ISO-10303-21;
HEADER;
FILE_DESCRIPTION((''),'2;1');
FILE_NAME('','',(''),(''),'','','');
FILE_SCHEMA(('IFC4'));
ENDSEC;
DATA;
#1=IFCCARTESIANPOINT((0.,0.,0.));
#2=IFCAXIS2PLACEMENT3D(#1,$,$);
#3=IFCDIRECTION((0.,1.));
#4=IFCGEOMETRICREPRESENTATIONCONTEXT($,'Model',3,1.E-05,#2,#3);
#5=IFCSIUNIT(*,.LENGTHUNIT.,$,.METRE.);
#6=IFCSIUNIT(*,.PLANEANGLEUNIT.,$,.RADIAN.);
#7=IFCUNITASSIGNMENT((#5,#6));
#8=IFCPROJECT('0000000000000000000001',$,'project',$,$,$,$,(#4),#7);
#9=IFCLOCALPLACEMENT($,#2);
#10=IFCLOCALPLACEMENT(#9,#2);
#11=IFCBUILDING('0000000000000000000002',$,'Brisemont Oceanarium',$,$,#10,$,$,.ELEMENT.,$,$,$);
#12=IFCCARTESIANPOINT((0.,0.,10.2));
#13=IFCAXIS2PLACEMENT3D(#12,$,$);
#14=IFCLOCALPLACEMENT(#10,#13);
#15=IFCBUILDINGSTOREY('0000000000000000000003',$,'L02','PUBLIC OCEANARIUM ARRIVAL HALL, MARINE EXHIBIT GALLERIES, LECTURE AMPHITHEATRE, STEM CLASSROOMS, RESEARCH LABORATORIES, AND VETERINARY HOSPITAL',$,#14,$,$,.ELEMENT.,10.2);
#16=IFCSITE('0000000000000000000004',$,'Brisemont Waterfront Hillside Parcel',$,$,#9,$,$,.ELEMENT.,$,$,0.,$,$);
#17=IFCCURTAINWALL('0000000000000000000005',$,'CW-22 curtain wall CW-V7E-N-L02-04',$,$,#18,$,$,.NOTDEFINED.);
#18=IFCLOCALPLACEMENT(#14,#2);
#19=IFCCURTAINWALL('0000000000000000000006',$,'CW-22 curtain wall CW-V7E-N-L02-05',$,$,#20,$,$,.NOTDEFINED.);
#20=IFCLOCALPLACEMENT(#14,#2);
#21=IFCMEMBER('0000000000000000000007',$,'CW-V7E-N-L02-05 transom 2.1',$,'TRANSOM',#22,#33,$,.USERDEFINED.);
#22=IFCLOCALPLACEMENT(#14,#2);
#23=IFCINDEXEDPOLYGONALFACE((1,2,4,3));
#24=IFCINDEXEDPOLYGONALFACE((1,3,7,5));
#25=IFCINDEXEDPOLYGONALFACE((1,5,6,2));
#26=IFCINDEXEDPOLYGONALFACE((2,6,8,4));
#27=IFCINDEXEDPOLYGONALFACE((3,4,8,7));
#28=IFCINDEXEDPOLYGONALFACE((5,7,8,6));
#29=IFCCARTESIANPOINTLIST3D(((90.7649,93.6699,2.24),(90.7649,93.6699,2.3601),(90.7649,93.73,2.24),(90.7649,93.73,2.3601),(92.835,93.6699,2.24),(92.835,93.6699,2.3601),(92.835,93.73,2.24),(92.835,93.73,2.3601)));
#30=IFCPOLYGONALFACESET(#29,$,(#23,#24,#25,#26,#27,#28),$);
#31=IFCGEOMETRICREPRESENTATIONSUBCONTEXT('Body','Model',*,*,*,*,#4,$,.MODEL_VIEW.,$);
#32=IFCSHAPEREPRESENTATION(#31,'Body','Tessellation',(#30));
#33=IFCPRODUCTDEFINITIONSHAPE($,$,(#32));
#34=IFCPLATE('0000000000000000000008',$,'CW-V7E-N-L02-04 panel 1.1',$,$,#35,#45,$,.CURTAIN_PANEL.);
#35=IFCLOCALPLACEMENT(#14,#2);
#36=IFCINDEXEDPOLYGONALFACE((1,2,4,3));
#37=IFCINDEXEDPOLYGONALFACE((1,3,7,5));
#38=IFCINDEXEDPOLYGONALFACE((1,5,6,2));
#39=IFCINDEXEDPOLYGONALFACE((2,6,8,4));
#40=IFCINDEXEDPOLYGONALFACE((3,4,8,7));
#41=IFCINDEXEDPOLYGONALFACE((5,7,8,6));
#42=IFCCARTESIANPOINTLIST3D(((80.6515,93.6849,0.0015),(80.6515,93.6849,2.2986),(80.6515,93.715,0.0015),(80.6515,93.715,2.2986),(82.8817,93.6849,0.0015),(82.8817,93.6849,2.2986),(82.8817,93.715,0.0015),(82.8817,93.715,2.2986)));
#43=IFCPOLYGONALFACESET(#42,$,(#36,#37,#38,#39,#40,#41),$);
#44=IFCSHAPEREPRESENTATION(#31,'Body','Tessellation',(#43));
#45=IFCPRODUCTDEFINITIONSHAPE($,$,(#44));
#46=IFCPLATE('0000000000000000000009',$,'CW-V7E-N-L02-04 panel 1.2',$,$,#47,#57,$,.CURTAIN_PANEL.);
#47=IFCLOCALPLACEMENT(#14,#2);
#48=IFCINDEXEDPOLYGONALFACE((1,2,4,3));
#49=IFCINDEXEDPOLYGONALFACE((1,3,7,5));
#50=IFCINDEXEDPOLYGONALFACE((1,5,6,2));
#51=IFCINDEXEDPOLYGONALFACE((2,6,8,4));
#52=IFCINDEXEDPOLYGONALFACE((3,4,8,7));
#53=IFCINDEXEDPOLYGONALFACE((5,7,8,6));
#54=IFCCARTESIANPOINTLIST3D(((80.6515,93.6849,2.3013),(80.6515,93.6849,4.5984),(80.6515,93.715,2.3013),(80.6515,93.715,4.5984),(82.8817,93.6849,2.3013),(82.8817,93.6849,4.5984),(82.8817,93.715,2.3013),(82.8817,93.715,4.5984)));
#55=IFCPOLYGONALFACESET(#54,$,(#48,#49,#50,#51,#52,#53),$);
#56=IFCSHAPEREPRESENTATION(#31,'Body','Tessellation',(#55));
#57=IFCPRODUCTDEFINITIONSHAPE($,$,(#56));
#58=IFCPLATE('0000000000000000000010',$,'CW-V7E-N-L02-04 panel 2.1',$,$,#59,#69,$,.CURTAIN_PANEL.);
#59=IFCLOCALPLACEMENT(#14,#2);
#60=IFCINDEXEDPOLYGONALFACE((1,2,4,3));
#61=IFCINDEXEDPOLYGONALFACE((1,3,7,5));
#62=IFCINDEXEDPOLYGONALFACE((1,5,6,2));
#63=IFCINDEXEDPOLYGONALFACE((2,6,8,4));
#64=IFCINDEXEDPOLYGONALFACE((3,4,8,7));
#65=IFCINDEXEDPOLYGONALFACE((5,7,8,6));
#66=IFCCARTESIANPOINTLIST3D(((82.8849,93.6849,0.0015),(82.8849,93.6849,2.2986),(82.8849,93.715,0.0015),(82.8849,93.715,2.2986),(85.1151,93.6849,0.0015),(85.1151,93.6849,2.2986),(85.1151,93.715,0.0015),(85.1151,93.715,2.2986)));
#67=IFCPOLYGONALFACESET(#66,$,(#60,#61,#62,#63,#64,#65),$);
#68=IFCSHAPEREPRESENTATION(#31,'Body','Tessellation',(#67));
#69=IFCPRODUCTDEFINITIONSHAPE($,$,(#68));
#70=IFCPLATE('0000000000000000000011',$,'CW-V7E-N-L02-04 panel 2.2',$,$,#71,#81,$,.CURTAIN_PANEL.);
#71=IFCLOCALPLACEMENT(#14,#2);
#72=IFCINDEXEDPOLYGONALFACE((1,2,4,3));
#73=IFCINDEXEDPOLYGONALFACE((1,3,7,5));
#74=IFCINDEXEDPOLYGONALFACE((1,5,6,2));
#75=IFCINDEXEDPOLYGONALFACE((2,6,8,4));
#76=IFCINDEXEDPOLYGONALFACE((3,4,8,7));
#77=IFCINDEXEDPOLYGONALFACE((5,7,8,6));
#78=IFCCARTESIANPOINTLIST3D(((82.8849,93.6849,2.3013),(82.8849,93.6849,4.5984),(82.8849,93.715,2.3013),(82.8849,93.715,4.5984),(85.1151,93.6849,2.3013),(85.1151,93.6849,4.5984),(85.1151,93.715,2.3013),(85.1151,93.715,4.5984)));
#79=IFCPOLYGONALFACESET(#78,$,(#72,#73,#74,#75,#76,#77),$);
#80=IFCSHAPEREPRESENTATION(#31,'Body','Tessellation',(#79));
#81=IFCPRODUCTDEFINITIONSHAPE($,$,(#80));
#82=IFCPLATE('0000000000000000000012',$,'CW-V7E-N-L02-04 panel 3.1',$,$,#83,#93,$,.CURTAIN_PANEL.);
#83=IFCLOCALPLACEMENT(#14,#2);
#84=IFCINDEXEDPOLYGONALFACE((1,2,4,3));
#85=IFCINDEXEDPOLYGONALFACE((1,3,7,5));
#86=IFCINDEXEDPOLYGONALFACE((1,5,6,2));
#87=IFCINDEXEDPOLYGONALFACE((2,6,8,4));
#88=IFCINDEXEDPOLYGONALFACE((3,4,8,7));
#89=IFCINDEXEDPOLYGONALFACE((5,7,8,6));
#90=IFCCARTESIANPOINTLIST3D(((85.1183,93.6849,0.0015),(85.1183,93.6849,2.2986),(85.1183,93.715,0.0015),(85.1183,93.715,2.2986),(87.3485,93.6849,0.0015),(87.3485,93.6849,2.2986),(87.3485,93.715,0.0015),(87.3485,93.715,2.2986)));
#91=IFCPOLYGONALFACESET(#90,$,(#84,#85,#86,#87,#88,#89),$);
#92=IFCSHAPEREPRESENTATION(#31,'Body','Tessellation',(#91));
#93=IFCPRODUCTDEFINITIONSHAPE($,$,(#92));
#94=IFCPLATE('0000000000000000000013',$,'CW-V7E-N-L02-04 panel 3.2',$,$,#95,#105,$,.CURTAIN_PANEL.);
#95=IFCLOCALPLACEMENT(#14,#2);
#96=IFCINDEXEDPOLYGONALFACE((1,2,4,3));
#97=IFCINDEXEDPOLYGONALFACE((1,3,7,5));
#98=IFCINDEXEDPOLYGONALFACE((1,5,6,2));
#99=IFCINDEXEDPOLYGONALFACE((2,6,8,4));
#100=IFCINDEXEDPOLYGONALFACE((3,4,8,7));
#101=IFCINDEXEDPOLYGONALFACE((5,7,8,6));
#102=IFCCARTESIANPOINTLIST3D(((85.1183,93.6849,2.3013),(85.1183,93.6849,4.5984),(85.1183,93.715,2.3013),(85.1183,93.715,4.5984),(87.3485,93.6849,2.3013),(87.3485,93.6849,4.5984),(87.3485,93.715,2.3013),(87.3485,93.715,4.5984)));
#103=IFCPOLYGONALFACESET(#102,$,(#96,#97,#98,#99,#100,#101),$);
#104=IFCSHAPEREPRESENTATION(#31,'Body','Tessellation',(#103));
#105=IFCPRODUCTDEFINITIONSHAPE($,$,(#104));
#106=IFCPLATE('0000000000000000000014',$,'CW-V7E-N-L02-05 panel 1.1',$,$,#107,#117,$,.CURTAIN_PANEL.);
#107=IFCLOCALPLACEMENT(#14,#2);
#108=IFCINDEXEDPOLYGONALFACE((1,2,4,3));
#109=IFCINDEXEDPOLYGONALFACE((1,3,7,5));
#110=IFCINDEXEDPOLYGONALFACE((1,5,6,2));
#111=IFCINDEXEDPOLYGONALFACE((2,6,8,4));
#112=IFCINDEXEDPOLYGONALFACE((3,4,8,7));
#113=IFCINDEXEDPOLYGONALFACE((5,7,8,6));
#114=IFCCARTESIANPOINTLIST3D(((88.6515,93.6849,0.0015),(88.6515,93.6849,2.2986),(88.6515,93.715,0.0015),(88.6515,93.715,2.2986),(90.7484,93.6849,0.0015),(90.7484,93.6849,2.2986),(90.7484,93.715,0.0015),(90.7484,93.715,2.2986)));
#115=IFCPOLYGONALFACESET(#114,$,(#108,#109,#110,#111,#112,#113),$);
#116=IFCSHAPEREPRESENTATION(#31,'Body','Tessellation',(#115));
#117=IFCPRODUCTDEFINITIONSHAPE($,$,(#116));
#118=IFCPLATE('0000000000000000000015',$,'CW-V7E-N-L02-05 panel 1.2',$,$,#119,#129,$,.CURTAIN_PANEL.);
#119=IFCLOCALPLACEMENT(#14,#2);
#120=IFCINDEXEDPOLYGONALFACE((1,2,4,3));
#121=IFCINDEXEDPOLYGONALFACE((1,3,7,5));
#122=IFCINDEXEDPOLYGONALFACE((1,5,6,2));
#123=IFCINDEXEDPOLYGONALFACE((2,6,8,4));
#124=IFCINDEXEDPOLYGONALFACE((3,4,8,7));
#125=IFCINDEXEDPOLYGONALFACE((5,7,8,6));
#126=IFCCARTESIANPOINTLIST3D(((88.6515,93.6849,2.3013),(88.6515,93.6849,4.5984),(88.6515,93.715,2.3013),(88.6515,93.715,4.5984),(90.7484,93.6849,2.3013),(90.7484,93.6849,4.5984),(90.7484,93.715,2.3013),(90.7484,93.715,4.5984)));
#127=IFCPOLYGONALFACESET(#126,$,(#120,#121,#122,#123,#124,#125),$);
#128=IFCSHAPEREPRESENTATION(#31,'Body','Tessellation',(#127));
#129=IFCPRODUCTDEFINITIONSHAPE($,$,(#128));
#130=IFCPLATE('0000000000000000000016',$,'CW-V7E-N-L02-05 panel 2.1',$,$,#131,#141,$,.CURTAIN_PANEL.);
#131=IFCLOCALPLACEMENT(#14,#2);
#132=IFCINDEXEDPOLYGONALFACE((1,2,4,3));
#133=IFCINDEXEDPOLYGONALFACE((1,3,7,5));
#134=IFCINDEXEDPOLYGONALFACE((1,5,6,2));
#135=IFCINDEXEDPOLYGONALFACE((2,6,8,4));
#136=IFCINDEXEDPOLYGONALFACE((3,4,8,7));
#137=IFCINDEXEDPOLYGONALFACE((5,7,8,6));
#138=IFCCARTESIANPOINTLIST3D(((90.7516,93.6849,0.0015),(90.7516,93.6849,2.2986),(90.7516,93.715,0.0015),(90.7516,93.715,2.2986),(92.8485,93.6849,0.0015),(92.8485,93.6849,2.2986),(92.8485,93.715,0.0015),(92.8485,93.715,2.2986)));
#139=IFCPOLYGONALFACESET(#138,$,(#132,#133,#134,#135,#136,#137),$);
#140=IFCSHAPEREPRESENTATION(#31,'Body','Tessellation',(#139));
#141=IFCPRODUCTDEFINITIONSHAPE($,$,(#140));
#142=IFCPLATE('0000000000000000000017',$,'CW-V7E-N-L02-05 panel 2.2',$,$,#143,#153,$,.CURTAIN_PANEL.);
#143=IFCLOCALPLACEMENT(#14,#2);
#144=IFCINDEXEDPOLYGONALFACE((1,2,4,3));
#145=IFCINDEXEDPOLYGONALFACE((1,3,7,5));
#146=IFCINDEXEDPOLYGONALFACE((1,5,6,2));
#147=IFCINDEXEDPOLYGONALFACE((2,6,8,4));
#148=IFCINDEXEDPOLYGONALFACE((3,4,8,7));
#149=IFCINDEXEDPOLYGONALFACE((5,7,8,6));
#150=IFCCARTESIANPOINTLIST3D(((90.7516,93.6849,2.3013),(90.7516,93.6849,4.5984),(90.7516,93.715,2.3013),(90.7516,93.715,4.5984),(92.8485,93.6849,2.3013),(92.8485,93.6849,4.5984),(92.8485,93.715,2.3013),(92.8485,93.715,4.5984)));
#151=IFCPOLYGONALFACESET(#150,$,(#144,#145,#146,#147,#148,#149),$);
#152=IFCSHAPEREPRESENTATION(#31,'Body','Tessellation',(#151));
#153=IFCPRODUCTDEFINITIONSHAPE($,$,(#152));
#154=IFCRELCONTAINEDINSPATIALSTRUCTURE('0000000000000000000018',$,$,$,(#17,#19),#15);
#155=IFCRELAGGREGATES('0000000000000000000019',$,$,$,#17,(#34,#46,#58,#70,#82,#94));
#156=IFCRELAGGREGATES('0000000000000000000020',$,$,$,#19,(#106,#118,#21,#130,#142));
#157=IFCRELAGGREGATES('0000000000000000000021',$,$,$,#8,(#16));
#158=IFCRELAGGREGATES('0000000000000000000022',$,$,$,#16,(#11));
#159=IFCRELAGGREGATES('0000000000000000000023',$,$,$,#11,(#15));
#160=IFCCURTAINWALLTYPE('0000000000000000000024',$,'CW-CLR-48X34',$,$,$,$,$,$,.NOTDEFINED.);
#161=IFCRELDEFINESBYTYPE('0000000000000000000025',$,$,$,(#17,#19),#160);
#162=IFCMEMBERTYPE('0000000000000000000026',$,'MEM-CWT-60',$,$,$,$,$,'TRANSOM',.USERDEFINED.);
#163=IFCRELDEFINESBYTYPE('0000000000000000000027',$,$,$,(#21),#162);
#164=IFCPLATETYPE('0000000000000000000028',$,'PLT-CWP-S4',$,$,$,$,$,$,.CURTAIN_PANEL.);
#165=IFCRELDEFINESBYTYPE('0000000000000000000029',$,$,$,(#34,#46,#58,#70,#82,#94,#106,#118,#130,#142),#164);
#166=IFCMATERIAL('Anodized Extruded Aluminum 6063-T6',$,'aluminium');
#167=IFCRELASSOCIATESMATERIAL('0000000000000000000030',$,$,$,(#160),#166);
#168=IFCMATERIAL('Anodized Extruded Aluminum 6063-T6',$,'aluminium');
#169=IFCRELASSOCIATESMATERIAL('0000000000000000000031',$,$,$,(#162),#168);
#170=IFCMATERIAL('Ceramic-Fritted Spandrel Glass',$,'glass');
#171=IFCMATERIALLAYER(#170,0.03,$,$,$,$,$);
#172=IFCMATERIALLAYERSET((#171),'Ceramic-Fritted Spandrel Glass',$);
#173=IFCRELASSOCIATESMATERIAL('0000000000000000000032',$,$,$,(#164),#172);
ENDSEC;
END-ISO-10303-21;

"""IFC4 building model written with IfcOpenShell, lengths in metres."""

from ifc_helpers import new_model, si_unit, direction, frame, origin, origin_2d, place, context, subcontext, project, spatial, rectangle, extrude, material, layer, layer_set, material_profile, profile_set, type_object, element, aggregate, save


model = new_model("IFC4")

# Units and contexts
model_context = context("Model", 3, precision=1e-05, world=origin(), true_north=direction((0.0, 1.0)))
body_context = subcontext(model_context, "Body", "Model", "MODEL_VIEW")
ifc_project = project(units=[si_unit("LENGTHUNIT", "METRE"), si_unit("PLANEANGLEUNIT", "RADIAN")], contexts=[model_context])

# Site, building, storey
site_placement = place(None, origin())
site = spatial("IfcSite", under=ifc_project, at=site_placement, Name="Brisemont Waterfront Hillside Parcel", CompositionType="ELEMENT", RefElevation=0.0)
building_placement = place(site_placement, origin())
building = spatial("IfcBuilding", under=site, at=building_placement, Name="Brisemont Oceanarium", CompositionType="ELEMENT")
storey_placement = place(building_placement, frame((0.0, 0.0, 10.2)))
storey = spatial("IfcBuildingStorey", under=building, at=storey_placement, Name="L02", Description="PUBLIC OCEANARIUM ARRIVAL HALL, MARINE EXHIBIT GALLERIES, LECTURE AMPHITHEATRE, STEM CLASSROOMS, RESEARCH LABORATORIES, AND VETERINARY HOSPITAL", CompositionType="ELEMENT", Elevation=10.2)

# Curtain walls
ifc_material_1 = material(Name="Anodized Extruded Aluminum 6063-T6", Category="aluminium")
curtain_wall_type = type_object("IfcCurtainWallType", Name="CW-CLR-48X34", PredefinedType="NOTDEFINED", material=ifc_material_1)
curtain_wall_1_placement = place(storey_placement, origin())
curtain_wall_1 = element("IfcCurtainWall", 1, at=curtain_wall_1_placement, inside=storey, type_object=curtain_wall_type, Name="CW-22 curtain wall CW-V7E-N-L02-04", PredefinedType="NOTDEFINED")
curtain_wall_2_placement = place(storey_placement, origin())
curtain_wall_2 = element("IfcCurtainWall", 2, at=curtain_wall_2_placement, inside=storey, type_object=curtain_wall_type, Name="CW-22 curtain wall CW-V7E-N-L02-05", PredefinedType="NOTDEFINED")

# Member
ifc_material_2 = material(Name="Anodized Extruded Aluminum 6063-T6", Category="aluminium")
ifc_material_profile_1 = material_profile(ifc_material_2, rectangle(XDim=0.0601, YDim=0.1201, at=origin_2d()), Name="CWT-60X120")
ifc_profile_set_1 = profile_set([ifc_material_profile_1], Name="Anodized Extruded Aluminum 6063-T6")
member_type_1 = type_object("IfcMemberType", Name="MEM-CWT-60", ElementType="TRANSOM", PredefinedType="USERDEFINED", material=ifc_profile_set_1)
member_1_placement = place(storey_placement, frame((90.7649, 93.7, 2.3), z_axis=(1.0, 0.0, 0.0), x_axis=(0.0, 1.0, 0.0)))
member_1 = element("IfcMember", 3, at=member_1_placement, type_object=member_type_1, Name="CW-V7E-N-L02-05 transom 2.1", ObjectType="TRANSOM", PredefinedType="USERDEFINED", context=body_context, shape_type="SweptSolid", body=[
    extrude(rectangle(XDim=0.0601, YDim=0.1201, at=origin_2d()), origin(), (0.0, 0.0, 1.0), 2.0701),
])

# Plates
ifc_material_3 = material(Name="Ceramic-Fritted Spandrel Glass", Category="glass")
ifc_layer = layer(ifc_material_3, 0.03)
ifc_layer_set = layer_set([ifc_layer], Name="Ceramic-Fritted Spandrel Glass")
plate_type = type_object("IfcPlateType", Name="PLT-CWP-S4", PredefinedType="CURTAIN_PANEL", material=ifc_layer_set)
plate_1_placement = place(storey_placement, frame((81.7666, 93.7, 0.0015), z_axis=(0.0, 0.0, 1.0), x_axis=(1.0, 0.0, 0.0)))
plate_1 = element("IfcPlate", 4, at=plate_1_placement, type_object=plate_type, Name="CW-V7E-N-L02-04 panel 1.1", PredefinedType="CURTAIN_PANEL", context=body_context, shape_type="SweptSolid", body=[
    extrude(rectangle(XDim=2.2302, YDim=0.03, at=origin_2d()), origin(), (0.0, 0.0, 1.0), 2.2971),
])
plate_2_placement = place(storey_placement, frame((81.7666, 93.7, 2.3013), z_axis=(0.0, 0.0, 1.0), x_axis=(1.0, 0.0, 0.0)))
plate_2 = element("IfcPlate", 5, at=plate_2_placement, type_object=plate_type, Name="CW-V7E-N-L02-04 panel 1.2", PredefinedType="CURTAIN_PANEL", context=body_context, shape_type="SweptSolid", body=[
    extrude(rectangle(XDim=2.2302, YDim=0.03, at=origin_2d()), origin(), (0.0, 0.0, 1.0), 2.2971),
])
plate_3_placement = place(storey_placement, frame((84.0, 93.7, 0.0015), z_axis=(0.0, 0.0, 1.0), x_axis=(1.0, 0.0, 0.0)))
plate_3 = element("IfcPlate", 6, at=plate_3_placement, type_object=plate_type, Name="CW-V7E-N-L02-04 panel 2.1", PredefinedType="CURTAIN_PANEL", context=body_context, shape_type="SweptSolid", body=[
    extrude(rectangle(XDim=2.2302, YDim=0.03, at=origin_2d()), origin(), (0.0, 0.0, 1.0), 2.2971),
])
plate_4_placement = place(storey_placement, frame((84.0, 93.7, 2.3013), z_axis=(0.0, 0.0, 1.0), x_axis=(1.0, 0.0, 0.0)))
plate_4 = element("IfcPlate", 7, at=plate_4_placement, type_object=plate_type, Name="CW-V7E-N-L02-04 panel 2.2", PredefinedType="CURTAIN_PANEL", context=body_context, shape_type="SweptSolid", body=[
    extrude(rectangle(XDim=2.2302, YDim=0.03, at=origin_2d()), origin(), (0.0, 0.0, 1.0), 2.2971),
])
plate_5_placement = place(storey_placement, frame((86.2334, 93.7, 0.0015), z_axis=(0.0, 0.0, 1.0), x_axis=(1.0, 0.0, 0.0)))
plate_5 = element("IfcPlate", 8, at=plate_5_placement, type_object=plate_type, Name="CW-V7E-N-L02-04 panel 3.1", PredefinedType="CURTAIN_PANEL", context=body_context, shape_type="SweptSolid", body=[
    extrude(rectangle(XDim=2.2302, YDim=0.03, at=origin_2d()), origin(), (0.0, 0.0, 1.0), 2.2971),
])
plate_6_placement = place(storey_placement, frame((86.2334, 93.7, 2.3013), z_axis=(0.0, 0.0, 1.0), x_axis=(1.0, 0.0, 0.0)))
plate_6 = element("IfcPlate", 9, at=plate_6_placement, type_object=plate_type, Name="CW-V7E-N-L02-04 panel 3.2", PredefinedType="CURTAIN_PANEL", context=body_context, shape_type="SweptSolid", body=[
    extrude(rectangle(XDim=2.2302, YDim=0.03, at=origin_2d()), origin(), (0.0, 0.0, 1.0), 2.2971),
])
aggregate(curtain_wall_1, [plate_1, plate_2, plate_3, plate_4, plate_5, plate_6])
plate_7_placement = place(storey_placement, frame((89.7, 93.7, 0.0015), z_axis=(0.0, 0.0, 1.0), x_axis=(1.0, 0.0, 0.0)))
plate_7 = element("IfcPlate", 10, at=plate_7_placement, type_object=plate_type, Name="CW-V7E-N-L02-05 panel 1.1", PredefinedType="CURTAIN_PANEL", context=body_context, shape_type="SweptSolid", body=[
    extrude(rectangle(XDim=2.0969, YDim=0.03, at=origin_2d()), origin(), (0.0, 0.0, 1.0), 2.2971),
])
plate_8_placement = place(storey_placement, frame((89.7, 93.7, 2.3013), z_axis=(0.0, 0.0, 1.0), x_axis=(1.0, 0.0, 0.0)))
plate_8 = element("IfcPlate", 11, at=plate_8_placement, type_object=plate_type, Name="CW-V7E-N-L02-05 panel 1.2", PredefinedType="CURTAIN_PANEL", context=body_context, shape_type="SweptSolid", body=[
    extrude(rectangle(XDim=2.0969, YDim=0.03, at=origin_2d()), origin(), (0.0, 0.0, 1.0), 2.2971),
])
plate_9_placement = place(storey_placement, frame((91.8, 93.7, 0.0015), z_axis=(0.0, 0.0, 1.0), x_axis=(1.0, 0.0, 0.0)))
plate_9 = element("IfcPlate", 12, at=plate_9_placement, type_object=plate_type, Name="CW-V7E-N-L02-05 panel 2.1", PredefinedType="CURTAIN_PANEL", context=body_context, shape_type="SweptSolid", body=[
    extrude(rectangle(XDim=2.0969, YDim=0.03, at=origin_2d()), origin(), (0.0, 0.0, 1.0), 2.2971),
])
plate_10_placement = place(storey_placement, frame((91.8, 93.7, 2.3013), z_axis=(0.0, 0.0, 1.0), x_axis=(1.0, 0.0, 0.0)))
plate_10 = element("IfcPlate", 13, at=plate_10_placement, type_object=plate_type, Name="CW-V7E-N-L02-05 panel 2.2", PredefinedType="CURTAIN_PANEL", context=body_context, shape_type="SweptSolid", body=[
    extrude(rectangle(XDim=2.0969, YDim=0.03, at=origin_2d()), origin(), (0.0, 0.0, 1.0), 2.2971),
])
aggregate(curtain_wall_2, [plate_7, plate_8, member_1, plate_9, plate_10])

save(model, "model.ifc")
